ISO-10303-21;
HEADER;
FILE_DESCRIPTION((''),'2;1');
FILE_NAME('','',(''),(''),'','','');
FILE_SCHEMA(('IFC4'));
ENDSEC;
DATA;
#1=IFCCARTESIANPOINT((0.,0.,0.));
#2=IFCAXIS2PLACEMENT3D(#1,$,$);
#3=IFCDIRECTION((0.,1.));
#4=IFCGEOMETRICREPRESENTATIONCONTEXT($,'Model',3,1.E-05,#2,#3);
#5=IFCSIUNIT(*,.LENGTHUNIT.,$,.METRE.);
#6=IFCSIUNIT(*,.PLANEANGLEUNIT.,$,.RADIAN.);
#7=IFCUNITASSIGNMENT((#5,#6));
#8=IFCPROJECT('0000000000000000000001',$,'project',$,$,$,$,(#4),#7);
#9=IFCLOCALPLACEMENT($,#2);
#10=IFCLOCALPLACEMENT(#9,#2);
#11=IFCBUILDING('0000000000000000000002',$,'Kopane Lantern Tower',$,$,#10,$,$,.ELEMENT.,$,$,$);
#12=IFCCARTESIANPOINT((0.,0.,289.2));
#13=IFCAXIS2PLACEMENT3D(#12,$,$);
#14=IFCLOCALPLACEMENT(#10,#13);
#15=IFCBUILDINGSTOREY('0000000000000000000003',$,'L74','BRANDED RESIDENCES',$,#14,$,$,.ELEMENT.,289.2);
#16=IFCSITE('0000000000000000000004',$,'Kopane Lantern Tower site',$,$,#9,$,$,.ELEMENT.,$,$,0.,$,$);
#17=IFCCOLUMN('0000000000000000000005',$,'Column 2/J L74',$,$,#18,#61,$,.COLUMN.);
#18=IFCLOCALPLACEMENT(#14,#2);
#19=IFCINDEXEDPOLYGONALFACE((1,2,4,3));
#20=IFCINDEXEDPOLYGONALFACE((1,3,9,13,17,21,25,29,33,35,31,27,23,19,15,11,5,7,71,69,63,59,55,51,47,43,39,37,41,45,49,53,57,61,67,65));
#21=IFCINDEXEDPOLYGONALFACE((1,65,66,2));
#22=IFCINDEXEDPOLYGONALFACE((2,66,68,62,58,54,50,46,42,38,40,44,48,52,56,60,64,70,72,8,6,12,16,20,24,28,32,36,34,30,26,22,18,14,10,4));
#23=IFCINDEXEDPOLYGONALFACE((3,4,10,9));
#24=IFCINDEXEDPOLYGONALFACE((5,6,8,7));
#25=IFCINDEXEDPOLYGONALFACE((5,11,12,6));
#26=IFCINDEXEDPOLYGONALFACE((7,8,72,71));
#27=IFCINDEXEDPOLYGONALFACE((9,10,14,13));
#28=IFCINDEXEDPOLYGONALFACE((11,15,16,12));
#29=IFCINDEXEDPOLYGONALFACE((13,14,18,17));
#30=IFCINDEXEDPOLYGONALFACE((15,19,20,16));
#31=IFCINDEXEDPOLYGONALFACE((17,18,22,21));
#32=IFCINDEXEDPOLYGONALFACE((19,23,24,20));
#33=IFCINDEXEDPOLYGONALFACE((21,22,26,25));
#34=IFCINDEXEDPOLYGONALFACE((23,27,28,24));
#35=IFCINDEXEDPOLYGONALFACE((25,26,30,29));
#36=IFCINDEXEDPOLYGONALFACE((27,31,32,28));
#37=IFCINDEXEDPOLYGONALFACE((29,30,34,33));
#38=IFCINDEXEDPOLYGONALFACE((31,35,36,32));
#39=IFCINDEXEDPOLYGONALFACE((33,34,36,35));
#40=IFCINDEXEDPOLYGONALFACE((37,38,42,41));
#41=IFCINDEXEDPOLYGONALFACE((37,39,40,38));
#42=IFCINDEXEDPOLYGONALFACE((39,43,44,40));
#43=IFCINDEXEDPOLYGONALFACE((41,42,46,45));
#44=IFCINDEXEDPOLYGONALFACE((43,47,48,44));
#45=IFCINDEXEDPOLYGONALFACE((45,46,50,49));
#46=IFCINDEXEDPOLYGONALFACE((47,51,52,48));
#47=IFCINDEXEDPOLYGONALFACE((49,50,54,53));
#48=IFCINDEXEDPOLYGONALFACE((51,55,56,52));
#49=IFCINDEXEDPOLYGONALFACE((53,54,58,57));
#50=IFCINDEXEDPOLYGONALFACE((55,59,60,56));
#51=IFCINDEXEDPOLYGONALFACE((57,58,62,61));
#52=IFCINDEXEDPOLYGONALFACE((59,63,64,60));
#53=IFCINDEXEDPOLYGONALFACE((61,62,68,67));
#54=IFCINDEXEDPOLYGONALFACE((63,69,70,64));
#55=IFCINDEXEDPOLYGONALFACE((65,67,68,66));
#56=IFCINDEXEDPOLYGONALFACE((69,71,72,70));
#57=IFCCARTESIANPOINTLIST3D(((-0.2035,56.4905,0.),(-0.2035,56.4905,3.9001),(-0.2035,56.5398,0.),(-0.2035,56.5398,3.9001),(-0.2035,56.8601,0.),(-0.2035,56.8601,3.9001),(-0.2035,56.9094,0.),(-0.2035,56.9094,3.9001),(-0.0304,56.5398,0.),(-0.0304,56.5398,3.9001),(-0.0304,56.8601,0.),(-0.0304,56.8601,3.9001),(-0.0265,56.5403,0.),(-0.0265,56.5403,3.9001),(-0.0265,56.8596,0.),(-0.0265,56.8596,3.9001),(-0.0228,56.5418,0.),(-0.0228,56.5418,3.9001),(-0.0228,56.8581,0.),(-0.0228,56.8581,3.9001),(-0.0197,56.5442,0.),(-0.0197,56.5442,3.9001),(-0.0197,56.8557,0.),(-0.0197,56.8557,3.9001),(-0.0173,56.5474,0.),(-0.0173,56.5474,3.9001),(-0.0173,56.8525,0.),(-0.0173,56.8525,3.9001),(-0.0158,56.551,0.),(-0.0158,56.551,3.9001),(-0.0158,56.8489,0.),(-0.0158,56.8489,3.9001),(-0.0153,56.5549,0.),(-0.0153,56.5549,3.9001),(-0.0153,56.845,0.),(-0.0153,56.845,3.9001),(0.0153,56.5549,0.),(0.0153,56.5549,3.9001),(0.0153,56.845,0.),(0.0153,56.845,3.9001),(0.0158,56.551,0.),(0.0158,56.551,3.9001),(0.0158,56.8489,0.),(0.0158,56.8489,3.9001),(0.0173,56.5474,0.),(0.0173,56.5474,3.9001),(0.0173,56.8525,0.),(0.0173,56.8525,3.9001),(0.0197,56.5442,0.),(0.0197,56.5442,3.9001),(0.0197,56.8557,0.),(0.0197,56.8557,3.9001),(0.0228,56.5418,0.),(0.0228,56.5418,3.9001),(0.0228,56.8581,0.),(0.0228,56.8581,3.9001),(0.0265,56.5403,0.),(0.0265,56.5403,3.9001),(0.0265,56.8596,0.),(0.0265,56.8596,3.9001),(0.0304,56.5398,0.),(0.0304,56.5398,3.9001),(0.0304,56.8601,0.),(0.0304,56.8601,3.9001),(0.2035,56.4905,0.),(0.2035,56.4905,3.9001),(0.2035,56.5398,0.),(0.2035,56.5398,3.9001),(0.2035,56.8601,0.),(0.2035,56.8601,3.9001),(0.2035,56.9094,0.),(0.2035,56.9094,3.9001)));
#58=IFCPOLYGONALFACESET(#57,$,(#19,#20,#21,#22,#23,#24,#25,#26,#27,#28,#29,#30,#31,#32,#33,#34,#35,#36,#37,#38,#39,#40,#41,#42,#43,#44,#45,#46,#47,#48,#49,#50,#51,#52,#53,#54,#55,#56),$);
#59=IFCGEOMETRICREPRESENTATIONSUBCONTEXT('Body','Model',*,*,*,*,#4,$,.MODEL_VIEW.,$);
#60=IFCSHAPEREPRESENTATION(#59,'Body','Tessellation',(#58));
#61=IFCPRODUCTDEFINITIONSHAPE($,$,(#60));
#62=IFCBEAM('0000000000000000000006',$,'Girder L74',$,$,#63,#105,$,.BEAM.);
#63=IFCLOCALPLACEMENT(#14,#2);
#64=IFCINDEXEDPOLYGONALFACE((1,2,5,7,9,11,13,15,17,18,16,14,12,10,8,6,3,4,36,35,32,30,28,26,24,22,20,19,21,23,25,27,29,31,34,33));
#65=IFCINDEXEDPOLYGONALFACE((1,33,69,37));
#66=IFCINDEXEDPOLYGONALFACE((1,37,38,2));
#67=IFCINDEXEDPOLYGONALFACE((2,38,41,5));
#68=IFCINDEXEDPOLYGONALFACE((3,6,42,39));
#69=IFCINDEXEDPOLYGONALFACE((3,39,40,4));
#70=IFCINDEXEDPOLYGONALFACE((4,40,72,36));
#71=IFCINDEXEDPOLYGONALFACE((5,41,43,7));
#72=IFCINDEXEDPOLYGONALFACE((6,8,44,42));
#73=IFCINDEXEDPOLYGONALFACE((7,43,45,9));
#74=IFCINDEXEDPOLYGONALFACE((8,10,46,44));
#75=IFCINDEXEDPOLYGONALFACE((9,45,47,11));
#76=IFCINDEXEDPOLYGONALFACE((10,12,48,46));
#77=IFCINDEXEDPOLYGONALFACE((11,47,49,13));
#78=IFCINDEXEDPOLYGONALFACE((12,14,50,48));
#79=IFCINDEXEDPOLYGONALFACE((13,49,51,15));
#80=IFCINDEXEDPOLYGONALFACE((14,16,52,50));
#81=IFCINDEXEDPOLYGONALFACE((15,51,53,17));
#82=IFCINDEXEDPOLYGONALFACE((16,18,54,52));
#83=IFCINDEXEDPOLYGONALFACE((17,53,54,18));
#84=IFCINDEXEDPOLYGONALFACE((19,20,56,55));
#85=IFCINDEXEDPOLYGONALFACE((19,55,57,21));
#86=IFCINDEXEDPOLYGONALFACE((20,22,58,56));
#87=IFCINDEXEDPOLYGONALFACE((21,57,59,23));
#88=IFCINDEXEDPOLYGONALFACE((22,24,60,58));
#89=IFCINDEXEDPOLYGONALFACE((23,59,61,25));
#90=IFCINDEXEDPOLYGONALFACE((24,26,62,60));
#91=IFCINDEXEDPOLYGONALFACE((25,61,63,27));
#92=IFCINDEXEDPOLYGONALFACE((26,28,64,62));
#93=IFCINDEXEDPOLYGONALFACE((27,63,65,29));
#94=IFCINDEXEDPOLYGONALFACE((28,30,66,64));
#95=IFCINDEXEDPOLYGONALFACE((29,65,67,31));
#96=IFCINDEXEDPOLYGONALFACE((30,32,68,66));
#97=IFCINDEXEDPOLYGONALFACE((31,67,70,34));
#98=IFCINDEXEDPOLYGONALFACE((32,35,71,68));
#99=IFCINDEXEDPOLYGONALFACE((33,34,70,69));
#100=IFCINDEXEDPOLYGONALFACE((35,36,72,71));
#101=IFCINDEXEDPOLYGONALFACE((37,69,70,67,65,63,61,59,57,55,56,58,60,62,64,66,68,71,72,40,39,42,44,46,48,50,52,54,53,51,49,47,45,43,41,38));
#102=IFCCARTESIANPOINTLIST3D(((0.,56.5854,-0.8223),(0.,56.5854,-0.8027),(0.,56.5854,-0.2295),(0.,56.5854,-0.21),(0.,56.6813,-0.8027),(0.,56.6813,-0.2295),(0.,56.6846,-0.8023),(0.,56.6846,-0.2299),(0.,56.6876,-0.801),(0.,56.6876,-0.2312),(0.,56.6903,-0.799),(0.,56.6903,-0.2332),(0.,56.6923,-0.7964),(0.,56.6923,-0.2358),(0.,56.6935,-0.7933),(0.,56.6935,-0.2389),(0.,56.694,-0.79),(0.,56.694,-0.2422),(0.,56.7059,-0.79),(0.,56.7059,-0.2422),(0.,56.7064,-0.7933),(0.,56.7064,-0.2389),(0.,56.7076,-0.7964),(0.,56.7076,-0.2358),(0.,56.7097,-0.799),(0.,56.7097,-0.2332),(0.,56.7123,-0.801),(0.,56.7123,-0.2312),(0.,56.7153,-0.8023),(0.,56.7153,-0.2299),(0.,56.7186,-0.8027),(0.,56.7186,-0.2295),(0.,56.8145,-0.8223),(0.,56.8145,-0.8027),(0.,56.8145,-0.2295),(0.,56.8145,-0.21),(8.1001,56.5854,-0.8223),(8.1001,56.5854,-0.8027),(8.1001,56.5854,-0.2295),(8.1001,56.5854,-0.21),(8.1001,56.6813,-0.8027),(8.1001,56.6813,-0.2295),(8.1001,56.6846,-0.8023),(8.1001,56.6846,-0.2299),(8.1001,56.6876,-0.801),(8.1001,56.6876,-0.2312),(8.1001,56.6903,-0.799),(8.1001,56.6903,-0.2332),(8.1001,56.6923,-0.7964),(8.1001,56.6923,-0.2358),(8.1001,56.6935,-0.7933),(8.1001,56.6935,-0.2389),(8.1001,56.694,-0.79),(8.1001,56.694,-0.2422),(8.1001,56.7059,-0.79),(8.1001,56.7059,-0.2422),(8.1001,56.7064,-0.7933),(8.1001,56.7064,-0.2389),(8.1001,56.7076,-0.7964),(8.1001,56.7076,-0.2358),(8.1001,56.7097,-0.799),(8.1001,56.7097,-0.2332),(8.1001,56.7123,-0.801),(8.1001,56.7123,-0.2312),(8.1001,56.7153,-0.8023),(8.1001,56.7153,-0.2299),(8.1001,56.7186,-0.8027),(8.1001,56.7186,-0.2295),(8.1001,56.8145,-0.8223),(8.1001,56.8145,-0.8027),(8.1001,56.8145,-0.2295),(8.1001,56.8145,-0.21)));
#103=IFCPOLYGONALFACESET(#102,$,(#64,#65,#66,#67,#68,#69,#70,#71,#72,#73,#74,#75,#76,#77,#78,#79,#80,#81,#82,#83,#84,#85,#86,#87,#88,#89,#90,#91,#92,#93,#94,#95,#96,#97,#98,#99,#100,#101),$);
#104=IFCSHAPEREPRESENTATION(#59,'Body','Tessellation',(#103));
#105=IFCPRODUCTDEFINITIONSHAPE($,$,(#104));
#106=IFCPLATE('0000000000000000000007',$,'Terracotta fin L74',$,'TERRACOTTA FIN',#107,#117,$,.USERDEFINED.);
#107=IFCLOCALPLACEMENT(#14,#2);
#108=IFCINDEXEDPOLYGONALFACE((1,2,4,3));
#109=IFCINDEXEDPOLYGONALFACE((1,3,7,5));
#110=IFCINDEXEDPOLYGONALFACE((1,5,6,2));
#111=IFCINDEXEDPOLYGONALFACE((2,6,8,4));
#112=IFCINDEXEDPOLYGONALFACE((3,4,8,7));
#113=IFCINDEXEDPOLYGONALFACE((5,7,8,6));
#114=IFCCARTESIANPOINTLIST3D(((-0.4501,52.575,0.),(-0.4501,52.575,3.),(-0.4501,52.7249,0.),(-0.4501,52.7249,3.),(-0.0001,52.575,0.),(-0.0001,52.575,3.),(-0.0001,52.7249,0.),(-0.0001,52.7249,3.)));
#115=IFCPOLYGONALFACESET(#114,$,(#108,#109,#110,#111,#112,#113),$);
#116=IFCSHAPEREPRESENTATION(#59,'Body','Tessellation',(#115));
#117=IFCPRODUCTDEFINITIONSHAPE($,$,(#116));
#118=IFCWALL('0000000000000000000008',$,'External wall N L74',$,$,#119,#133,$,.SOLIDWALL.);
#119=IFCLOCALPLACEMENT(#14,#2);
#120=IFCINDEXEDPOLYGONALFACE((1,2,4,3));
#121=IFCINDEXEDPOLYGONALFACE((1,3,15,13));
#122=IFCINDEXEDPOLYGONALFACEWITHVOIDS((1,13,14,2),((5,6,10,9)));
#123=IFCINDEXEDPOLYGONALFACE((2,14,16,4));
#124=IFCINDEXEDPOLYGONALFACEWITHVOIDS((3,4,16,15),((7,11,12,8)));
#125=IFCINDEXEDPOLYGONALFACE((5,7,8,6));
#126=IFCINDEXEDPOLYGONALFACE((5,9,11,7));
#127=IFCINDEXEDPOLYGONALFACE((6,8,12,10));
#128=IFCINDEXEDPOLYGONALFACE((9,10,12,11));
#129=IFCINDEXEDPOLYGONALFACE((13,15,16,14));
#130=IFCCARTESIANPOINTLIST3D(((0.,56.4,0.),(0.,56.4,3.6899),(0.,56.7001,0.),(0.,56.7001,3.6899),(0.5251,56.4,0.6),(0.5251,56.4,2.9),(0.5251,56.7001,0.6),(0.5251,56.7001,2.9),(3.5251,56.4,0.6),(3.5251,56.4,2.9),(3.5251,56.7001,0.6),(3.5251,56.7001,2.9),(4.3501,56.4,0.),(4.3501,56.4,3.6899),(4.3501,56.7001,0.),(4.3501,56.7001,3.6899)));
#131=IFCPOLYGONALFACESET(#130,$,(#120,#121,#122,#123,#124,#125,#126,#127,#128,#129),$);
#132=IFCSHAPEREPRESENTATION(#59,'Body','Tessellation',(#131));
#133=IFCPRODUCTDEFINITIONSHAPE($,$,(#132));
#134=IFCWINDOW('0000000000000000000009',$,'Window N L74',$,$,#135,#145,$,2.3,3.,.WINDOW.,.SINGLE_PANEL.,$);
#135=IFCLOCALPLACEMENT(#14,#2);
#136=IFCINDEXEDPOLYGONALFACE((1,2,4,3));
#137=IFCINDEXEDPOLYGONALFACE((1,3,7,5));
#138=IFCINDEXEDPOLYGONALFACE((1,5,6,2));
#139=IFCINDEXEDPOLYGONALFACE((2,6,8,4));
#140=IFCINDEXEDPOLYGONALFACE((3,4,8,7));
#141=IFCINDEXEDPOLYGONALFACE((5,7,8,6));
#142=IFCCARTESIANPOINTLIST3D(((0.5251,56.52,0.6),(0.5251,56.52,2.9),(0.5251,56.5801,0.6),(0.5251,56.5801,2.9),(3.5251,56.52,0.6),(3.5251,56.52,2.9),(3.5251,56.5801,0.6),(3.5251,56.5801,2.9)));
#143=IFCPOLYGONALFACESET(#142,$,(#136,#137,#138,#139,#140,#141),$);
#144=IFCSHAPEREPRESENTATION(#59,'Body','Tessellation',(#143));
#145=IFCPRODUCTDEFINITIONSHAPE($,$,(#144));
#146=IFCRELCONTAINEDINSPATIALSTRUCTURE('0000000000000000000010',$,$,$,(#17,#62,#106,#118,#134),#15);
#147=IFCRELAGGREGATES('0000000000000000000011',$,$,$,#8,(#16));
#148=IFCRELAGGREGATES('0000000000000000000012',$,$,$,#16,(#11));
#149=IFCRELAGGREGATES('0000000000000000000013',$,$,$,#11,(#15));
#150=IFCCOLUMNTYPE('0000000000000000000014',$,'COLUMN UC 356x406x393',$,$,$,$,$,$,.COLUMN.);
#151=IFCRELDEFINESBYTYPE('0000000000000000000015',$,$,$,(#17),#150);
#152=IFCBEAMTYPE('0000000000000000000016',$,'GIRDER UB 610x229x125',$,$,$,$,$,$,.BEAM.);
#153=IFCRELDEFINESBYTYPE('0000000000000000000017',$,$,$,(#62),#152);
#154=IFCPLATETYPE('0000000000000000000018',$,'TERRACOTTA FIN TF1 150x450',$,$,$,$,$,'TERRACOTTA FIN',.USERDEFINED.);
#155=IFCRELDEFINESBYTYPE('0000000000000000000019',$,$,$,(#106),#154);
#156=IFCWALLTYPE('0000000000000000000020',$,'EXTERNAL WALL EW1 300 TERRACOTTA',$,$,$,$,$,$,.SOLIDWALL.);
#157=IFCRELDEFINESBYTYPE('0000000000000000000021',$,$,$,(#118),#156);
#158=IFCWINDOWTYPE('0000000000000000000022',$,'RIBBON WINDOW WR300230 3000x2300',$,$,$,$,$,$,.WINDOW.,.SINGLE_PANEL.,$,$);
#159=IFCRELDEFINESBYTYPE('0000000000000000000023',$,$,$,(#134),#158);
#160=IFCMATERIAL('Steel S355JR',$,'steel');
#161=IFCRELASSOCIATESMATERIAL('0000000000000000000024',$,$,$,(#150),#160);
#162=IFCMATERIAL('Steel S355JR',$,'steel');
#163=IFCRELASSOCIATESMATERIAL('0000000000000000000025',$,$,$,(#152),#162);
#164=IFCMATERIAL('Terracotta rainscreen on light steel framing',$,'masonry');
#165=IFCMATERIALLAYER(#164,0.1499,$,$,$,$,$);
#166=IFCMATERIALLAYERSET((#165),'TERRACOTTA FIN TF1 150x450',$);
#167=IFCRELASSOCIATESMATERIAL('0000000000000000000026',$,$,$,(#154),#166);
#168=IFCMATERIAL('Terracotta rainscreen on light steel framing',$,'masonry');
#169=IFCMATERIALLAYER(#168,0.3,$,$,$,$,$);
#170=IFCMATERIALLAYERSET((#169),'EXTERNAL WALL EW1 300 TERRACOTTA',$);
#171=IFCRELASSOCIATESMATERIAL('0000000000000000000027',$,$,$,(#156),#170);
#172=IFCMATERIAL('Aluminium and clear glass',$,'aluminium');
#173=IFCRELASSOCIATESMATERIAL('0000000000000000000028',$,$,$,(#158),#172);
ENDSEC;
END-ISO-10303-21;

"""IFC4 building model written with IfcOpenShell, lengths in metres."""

from ifc_helpers import new_model, si_unit, direction, frame, frame_2d, origin, origin_2d, place, context, subcontext, project, spatial, rectangle, i_section, extrude, material, layer, layer_set, material_profile, profile_set, type_object, element, fill, save


model = new_model("IFC4")

# Units and contexts
model_context = context("Model", 3, precision=1e-05, world=origin(), true_north=direction((0.0, 1.0)))
body_context = subcontext(model_context, "Body", "Model", "MODEL_VIEW")
ifc_project = project(units=[si_unit("LENGTHUNIT", "METRE"), si_unit("PLANEANGLEUNIT", "RADIAN")], contexts=[model_context])

# Site, building, storey
site_placement = place(None, origin())
site = spatial("IfcSite", under=ifc_project, at=site_placement, Name="Kopane Lantern Tower site", CompositionType="ELEMENT", RefElevation=0.0)
building_placement = place(site_placement, origin())
building = spatial("IfcBuilding", under=site, at=building_placement, Name="Kopane Lantern Tower", CompositionType="ELEMENT")
storey_placement = place(building_placement, frame((0.0, 0.0, 289.2)))
storey = spatial("IfcBuildingStorey", under=building, at=storey_placement, Name="L74", Description="BRANDED RESIDENCES", CompositionType="ELEMENT", Elevation=289.2)

# Column
ifc_material_1 = material(Name="Steel S355JR", Category="steel")
ifc_material_profile_1 = material_profile(ifc_material_1, i_section(OverallWidth=0.407, OverallDepth=0.4189, WebThickness=0.0305, FlangeThickness=0.0493, FilletRadius=0.0151, at=origin_2d()), Name="UC 356x406x393")
ifc_profile_set_1 = profile_set([ifc_material_profile_1], Name="Steel S355JR")
column_type = type_object("IfcColumnType", Name="COLUMN UC 356x406x393", PredefinedType="COLUMN", material=ifc_profile_set_1)
column_placement = place(storey_placement, frame((0.0, 56.7, 0.0), z_axis=(0.0, 0.0, 1.0), x_axis=(1.0, 0.0, 0.0)))
element("IfcColumn", 1, at=column_placement, inside=storey, type_object=column_type, Name="Column 2/J L74", PredefinedType="COLUMN", context=body_context, shape_type="SweptSolid", body=[
    extrude(i_section(OverallWidth=0.407, OverallDepth=0.4189, WebThickness=0.0305, FlangeThickness=0.0493, FilletRadius=0.0151, at=origin_2d()), origin(), (0.0, 0.0, 1.0), 3.9001),
])

# Beam
ifc_material_2 = material(Name="Steel S355JR", Category="steel")
ifc_material_profile_2 = material_profile(ifc_material_2, i_section(OverallWidth=0.229, OverallDepth=0.6123, WebThickness=0.012, FlangeThickness=0.0195, FilletRadius=0.0127, at=origin_2d()), Name="UB 610x229x125")
ifc_profile_set_2 = profile_set([ifc_material_profile_2], Name="Steel S355JR")
beam_type = type_object("IfcBeamType", Name="GIRDER UB 610x229x125", PredefinedType="BEAM", material=ifc_profile_set_2)
beam_placement = place(storey_placement, frame((0.0, 56.7, -0.5161), z_axis=(1.0, 0.0, 0.0), x_axis=(0.0, 1.0, 0.0)))
element("IfcBeam", 2, at=beam_placement, inside=storey, type_object=beam_type, Name="Girder L74", PredefinedType="BEAM", context=body_context, shape_type="SweptSolid", body=[
    extrude(i_section(OverallWidth=0.229, OverallDepth=0.6123, WebThickness=0.012, FlangeThickness=0.0195, FilletRadius=0.0127, at=origin_2d()), origin(), (0.0, 0.0, 1.0), 8.1001),
])

# Plate
ifc_material_3 = material(Name="Terracotta rainscreen on light steel framing", Category="masonry")
ifc_layer_1 = layer(ifc_material_3, 0.1499)
ifc_layer_set_1 = layer_set([ifc_layer_1], Name="TERRACOTTA FIN TF1 150x450")
plate_type = type_object("IfcPlateType", Name="TERRACOTTA FIN TF1 150x450", ElementType="TERRACOTTA FIN", PredefinedType="USERDEFINED", material=ifc_layer_set_1)
plate_placement = place(storey_placement, frame((-0.2251, 52.6499, 0.0), z_axis=(0.0, 0.0, 1.0), x_axis=(0.0, -1.0, 0.0)))
element("IfcPlate", 3, at=plate_placement, inside=storey, type_object=plate_type, Name="Terracotta fin L74", ObjectType="TERRACOTTA FIN", PredefinedType="USERDEFINED", context=body_context, shape_type="SweptSolid", body=[
    extrude(rectangle(XDim=0.1499, YDim=0.45, at=origin_2d()), origin(), (0.0, 0.0, 1.0), 3.0),
])

# Wall, opening, window
ifc_material_4 = material(Name="Terracotta rainscreen on light steel framing", Category="masonry")
ifc_layer_2 = layer(ifc_material_4, 0.3)
ifc_layer_set_2 = layer_set([ifc_layer_2], Name="EXTERNAL WALL EW1 300 TERRACOTTA")
wall_type = type_object("IfcWallType", Name="EXTERNAL WALL EW1 300 TERRACOTTA", PredefinedType="SOLIDWALL", material=ifc_layer_set_2)
wall_1_placement = place(storey_placement, frame((4.3501, 56.55, 0.0), z_axis=(0.0, 0.0, 1.0), x_axis=(-1.0, 0.0, 0.0)))
wall_1 = element("IfcWall", 4, at=wall_1_placement, inside=storey, type_object=wall_type, Name="External wall N L74", PredefinedType="SOLIDWALL", context=body_context, shape_type="SweptSolid", body=[
    extrude(rectangle(XDim=4.3501, YDim=0.3, at=frame_2d((2.175, 0.0))), origin(), (0.0, 0.0, 1.0), 3.6899),
])
opening_1_placement = place(wall_1_placement, frame((0.825, 0.0, 0.6001)))
opening_1 = element("IfcOpeningElement", 5, at=opening_1_placement, cuts=wall_1, PredefinedType="OPENING", context=body_context, shape_type="SweptSolid", body=[
    extrude(rectangle(XDim=3.0, YDim=2.3, at=frame_2d((1.5, 1.1499))), frame((0.0, 0.1599, 0.0), z_axis=(0.0, -1.0, 0.0), x_axis=(1.0, 0.0, 0.0)), (0.0, 0.0, 1.0), 0.3201),
])
ifc_material_5 = material(Name="Aluminium and clear glass", Category="aluminium")
window_type_1 = type_object("IfcWindowType", Name="RIBBON WINDOW WR300230 3000x2300", PartitioningType="SINGLE_PANEL", PredefinedType="WINDOW", material=ifc_material_5)
window_1_placement = place(opening_1_placement, origin())
window_1 = element("IfcWindow", 6, at=window_1_placement, inside=storey, type_object=window_type_1, Name="Window N L74", OverallHeight=2.3, OverallWidth=3.0, PartitioningType="SINGLE_PANEL", PredefinedType="WINDOW", context=body_context, shape_type="SweptSolid", body=[
    extrude(rectangle(XDim=3.0, YDim=2.3, at=frame_2d((1.5, 1.1499))), frame((0.0, 0.03, 0.0), z_axis=(0.0, -1.0, 0.0), x_axis=(1.0, 0.0, 0.0)), (0.0, 0.0, 1.0), 0.0601),
])
fill(opening_1, window_1)

save(model, "model.ifc")
